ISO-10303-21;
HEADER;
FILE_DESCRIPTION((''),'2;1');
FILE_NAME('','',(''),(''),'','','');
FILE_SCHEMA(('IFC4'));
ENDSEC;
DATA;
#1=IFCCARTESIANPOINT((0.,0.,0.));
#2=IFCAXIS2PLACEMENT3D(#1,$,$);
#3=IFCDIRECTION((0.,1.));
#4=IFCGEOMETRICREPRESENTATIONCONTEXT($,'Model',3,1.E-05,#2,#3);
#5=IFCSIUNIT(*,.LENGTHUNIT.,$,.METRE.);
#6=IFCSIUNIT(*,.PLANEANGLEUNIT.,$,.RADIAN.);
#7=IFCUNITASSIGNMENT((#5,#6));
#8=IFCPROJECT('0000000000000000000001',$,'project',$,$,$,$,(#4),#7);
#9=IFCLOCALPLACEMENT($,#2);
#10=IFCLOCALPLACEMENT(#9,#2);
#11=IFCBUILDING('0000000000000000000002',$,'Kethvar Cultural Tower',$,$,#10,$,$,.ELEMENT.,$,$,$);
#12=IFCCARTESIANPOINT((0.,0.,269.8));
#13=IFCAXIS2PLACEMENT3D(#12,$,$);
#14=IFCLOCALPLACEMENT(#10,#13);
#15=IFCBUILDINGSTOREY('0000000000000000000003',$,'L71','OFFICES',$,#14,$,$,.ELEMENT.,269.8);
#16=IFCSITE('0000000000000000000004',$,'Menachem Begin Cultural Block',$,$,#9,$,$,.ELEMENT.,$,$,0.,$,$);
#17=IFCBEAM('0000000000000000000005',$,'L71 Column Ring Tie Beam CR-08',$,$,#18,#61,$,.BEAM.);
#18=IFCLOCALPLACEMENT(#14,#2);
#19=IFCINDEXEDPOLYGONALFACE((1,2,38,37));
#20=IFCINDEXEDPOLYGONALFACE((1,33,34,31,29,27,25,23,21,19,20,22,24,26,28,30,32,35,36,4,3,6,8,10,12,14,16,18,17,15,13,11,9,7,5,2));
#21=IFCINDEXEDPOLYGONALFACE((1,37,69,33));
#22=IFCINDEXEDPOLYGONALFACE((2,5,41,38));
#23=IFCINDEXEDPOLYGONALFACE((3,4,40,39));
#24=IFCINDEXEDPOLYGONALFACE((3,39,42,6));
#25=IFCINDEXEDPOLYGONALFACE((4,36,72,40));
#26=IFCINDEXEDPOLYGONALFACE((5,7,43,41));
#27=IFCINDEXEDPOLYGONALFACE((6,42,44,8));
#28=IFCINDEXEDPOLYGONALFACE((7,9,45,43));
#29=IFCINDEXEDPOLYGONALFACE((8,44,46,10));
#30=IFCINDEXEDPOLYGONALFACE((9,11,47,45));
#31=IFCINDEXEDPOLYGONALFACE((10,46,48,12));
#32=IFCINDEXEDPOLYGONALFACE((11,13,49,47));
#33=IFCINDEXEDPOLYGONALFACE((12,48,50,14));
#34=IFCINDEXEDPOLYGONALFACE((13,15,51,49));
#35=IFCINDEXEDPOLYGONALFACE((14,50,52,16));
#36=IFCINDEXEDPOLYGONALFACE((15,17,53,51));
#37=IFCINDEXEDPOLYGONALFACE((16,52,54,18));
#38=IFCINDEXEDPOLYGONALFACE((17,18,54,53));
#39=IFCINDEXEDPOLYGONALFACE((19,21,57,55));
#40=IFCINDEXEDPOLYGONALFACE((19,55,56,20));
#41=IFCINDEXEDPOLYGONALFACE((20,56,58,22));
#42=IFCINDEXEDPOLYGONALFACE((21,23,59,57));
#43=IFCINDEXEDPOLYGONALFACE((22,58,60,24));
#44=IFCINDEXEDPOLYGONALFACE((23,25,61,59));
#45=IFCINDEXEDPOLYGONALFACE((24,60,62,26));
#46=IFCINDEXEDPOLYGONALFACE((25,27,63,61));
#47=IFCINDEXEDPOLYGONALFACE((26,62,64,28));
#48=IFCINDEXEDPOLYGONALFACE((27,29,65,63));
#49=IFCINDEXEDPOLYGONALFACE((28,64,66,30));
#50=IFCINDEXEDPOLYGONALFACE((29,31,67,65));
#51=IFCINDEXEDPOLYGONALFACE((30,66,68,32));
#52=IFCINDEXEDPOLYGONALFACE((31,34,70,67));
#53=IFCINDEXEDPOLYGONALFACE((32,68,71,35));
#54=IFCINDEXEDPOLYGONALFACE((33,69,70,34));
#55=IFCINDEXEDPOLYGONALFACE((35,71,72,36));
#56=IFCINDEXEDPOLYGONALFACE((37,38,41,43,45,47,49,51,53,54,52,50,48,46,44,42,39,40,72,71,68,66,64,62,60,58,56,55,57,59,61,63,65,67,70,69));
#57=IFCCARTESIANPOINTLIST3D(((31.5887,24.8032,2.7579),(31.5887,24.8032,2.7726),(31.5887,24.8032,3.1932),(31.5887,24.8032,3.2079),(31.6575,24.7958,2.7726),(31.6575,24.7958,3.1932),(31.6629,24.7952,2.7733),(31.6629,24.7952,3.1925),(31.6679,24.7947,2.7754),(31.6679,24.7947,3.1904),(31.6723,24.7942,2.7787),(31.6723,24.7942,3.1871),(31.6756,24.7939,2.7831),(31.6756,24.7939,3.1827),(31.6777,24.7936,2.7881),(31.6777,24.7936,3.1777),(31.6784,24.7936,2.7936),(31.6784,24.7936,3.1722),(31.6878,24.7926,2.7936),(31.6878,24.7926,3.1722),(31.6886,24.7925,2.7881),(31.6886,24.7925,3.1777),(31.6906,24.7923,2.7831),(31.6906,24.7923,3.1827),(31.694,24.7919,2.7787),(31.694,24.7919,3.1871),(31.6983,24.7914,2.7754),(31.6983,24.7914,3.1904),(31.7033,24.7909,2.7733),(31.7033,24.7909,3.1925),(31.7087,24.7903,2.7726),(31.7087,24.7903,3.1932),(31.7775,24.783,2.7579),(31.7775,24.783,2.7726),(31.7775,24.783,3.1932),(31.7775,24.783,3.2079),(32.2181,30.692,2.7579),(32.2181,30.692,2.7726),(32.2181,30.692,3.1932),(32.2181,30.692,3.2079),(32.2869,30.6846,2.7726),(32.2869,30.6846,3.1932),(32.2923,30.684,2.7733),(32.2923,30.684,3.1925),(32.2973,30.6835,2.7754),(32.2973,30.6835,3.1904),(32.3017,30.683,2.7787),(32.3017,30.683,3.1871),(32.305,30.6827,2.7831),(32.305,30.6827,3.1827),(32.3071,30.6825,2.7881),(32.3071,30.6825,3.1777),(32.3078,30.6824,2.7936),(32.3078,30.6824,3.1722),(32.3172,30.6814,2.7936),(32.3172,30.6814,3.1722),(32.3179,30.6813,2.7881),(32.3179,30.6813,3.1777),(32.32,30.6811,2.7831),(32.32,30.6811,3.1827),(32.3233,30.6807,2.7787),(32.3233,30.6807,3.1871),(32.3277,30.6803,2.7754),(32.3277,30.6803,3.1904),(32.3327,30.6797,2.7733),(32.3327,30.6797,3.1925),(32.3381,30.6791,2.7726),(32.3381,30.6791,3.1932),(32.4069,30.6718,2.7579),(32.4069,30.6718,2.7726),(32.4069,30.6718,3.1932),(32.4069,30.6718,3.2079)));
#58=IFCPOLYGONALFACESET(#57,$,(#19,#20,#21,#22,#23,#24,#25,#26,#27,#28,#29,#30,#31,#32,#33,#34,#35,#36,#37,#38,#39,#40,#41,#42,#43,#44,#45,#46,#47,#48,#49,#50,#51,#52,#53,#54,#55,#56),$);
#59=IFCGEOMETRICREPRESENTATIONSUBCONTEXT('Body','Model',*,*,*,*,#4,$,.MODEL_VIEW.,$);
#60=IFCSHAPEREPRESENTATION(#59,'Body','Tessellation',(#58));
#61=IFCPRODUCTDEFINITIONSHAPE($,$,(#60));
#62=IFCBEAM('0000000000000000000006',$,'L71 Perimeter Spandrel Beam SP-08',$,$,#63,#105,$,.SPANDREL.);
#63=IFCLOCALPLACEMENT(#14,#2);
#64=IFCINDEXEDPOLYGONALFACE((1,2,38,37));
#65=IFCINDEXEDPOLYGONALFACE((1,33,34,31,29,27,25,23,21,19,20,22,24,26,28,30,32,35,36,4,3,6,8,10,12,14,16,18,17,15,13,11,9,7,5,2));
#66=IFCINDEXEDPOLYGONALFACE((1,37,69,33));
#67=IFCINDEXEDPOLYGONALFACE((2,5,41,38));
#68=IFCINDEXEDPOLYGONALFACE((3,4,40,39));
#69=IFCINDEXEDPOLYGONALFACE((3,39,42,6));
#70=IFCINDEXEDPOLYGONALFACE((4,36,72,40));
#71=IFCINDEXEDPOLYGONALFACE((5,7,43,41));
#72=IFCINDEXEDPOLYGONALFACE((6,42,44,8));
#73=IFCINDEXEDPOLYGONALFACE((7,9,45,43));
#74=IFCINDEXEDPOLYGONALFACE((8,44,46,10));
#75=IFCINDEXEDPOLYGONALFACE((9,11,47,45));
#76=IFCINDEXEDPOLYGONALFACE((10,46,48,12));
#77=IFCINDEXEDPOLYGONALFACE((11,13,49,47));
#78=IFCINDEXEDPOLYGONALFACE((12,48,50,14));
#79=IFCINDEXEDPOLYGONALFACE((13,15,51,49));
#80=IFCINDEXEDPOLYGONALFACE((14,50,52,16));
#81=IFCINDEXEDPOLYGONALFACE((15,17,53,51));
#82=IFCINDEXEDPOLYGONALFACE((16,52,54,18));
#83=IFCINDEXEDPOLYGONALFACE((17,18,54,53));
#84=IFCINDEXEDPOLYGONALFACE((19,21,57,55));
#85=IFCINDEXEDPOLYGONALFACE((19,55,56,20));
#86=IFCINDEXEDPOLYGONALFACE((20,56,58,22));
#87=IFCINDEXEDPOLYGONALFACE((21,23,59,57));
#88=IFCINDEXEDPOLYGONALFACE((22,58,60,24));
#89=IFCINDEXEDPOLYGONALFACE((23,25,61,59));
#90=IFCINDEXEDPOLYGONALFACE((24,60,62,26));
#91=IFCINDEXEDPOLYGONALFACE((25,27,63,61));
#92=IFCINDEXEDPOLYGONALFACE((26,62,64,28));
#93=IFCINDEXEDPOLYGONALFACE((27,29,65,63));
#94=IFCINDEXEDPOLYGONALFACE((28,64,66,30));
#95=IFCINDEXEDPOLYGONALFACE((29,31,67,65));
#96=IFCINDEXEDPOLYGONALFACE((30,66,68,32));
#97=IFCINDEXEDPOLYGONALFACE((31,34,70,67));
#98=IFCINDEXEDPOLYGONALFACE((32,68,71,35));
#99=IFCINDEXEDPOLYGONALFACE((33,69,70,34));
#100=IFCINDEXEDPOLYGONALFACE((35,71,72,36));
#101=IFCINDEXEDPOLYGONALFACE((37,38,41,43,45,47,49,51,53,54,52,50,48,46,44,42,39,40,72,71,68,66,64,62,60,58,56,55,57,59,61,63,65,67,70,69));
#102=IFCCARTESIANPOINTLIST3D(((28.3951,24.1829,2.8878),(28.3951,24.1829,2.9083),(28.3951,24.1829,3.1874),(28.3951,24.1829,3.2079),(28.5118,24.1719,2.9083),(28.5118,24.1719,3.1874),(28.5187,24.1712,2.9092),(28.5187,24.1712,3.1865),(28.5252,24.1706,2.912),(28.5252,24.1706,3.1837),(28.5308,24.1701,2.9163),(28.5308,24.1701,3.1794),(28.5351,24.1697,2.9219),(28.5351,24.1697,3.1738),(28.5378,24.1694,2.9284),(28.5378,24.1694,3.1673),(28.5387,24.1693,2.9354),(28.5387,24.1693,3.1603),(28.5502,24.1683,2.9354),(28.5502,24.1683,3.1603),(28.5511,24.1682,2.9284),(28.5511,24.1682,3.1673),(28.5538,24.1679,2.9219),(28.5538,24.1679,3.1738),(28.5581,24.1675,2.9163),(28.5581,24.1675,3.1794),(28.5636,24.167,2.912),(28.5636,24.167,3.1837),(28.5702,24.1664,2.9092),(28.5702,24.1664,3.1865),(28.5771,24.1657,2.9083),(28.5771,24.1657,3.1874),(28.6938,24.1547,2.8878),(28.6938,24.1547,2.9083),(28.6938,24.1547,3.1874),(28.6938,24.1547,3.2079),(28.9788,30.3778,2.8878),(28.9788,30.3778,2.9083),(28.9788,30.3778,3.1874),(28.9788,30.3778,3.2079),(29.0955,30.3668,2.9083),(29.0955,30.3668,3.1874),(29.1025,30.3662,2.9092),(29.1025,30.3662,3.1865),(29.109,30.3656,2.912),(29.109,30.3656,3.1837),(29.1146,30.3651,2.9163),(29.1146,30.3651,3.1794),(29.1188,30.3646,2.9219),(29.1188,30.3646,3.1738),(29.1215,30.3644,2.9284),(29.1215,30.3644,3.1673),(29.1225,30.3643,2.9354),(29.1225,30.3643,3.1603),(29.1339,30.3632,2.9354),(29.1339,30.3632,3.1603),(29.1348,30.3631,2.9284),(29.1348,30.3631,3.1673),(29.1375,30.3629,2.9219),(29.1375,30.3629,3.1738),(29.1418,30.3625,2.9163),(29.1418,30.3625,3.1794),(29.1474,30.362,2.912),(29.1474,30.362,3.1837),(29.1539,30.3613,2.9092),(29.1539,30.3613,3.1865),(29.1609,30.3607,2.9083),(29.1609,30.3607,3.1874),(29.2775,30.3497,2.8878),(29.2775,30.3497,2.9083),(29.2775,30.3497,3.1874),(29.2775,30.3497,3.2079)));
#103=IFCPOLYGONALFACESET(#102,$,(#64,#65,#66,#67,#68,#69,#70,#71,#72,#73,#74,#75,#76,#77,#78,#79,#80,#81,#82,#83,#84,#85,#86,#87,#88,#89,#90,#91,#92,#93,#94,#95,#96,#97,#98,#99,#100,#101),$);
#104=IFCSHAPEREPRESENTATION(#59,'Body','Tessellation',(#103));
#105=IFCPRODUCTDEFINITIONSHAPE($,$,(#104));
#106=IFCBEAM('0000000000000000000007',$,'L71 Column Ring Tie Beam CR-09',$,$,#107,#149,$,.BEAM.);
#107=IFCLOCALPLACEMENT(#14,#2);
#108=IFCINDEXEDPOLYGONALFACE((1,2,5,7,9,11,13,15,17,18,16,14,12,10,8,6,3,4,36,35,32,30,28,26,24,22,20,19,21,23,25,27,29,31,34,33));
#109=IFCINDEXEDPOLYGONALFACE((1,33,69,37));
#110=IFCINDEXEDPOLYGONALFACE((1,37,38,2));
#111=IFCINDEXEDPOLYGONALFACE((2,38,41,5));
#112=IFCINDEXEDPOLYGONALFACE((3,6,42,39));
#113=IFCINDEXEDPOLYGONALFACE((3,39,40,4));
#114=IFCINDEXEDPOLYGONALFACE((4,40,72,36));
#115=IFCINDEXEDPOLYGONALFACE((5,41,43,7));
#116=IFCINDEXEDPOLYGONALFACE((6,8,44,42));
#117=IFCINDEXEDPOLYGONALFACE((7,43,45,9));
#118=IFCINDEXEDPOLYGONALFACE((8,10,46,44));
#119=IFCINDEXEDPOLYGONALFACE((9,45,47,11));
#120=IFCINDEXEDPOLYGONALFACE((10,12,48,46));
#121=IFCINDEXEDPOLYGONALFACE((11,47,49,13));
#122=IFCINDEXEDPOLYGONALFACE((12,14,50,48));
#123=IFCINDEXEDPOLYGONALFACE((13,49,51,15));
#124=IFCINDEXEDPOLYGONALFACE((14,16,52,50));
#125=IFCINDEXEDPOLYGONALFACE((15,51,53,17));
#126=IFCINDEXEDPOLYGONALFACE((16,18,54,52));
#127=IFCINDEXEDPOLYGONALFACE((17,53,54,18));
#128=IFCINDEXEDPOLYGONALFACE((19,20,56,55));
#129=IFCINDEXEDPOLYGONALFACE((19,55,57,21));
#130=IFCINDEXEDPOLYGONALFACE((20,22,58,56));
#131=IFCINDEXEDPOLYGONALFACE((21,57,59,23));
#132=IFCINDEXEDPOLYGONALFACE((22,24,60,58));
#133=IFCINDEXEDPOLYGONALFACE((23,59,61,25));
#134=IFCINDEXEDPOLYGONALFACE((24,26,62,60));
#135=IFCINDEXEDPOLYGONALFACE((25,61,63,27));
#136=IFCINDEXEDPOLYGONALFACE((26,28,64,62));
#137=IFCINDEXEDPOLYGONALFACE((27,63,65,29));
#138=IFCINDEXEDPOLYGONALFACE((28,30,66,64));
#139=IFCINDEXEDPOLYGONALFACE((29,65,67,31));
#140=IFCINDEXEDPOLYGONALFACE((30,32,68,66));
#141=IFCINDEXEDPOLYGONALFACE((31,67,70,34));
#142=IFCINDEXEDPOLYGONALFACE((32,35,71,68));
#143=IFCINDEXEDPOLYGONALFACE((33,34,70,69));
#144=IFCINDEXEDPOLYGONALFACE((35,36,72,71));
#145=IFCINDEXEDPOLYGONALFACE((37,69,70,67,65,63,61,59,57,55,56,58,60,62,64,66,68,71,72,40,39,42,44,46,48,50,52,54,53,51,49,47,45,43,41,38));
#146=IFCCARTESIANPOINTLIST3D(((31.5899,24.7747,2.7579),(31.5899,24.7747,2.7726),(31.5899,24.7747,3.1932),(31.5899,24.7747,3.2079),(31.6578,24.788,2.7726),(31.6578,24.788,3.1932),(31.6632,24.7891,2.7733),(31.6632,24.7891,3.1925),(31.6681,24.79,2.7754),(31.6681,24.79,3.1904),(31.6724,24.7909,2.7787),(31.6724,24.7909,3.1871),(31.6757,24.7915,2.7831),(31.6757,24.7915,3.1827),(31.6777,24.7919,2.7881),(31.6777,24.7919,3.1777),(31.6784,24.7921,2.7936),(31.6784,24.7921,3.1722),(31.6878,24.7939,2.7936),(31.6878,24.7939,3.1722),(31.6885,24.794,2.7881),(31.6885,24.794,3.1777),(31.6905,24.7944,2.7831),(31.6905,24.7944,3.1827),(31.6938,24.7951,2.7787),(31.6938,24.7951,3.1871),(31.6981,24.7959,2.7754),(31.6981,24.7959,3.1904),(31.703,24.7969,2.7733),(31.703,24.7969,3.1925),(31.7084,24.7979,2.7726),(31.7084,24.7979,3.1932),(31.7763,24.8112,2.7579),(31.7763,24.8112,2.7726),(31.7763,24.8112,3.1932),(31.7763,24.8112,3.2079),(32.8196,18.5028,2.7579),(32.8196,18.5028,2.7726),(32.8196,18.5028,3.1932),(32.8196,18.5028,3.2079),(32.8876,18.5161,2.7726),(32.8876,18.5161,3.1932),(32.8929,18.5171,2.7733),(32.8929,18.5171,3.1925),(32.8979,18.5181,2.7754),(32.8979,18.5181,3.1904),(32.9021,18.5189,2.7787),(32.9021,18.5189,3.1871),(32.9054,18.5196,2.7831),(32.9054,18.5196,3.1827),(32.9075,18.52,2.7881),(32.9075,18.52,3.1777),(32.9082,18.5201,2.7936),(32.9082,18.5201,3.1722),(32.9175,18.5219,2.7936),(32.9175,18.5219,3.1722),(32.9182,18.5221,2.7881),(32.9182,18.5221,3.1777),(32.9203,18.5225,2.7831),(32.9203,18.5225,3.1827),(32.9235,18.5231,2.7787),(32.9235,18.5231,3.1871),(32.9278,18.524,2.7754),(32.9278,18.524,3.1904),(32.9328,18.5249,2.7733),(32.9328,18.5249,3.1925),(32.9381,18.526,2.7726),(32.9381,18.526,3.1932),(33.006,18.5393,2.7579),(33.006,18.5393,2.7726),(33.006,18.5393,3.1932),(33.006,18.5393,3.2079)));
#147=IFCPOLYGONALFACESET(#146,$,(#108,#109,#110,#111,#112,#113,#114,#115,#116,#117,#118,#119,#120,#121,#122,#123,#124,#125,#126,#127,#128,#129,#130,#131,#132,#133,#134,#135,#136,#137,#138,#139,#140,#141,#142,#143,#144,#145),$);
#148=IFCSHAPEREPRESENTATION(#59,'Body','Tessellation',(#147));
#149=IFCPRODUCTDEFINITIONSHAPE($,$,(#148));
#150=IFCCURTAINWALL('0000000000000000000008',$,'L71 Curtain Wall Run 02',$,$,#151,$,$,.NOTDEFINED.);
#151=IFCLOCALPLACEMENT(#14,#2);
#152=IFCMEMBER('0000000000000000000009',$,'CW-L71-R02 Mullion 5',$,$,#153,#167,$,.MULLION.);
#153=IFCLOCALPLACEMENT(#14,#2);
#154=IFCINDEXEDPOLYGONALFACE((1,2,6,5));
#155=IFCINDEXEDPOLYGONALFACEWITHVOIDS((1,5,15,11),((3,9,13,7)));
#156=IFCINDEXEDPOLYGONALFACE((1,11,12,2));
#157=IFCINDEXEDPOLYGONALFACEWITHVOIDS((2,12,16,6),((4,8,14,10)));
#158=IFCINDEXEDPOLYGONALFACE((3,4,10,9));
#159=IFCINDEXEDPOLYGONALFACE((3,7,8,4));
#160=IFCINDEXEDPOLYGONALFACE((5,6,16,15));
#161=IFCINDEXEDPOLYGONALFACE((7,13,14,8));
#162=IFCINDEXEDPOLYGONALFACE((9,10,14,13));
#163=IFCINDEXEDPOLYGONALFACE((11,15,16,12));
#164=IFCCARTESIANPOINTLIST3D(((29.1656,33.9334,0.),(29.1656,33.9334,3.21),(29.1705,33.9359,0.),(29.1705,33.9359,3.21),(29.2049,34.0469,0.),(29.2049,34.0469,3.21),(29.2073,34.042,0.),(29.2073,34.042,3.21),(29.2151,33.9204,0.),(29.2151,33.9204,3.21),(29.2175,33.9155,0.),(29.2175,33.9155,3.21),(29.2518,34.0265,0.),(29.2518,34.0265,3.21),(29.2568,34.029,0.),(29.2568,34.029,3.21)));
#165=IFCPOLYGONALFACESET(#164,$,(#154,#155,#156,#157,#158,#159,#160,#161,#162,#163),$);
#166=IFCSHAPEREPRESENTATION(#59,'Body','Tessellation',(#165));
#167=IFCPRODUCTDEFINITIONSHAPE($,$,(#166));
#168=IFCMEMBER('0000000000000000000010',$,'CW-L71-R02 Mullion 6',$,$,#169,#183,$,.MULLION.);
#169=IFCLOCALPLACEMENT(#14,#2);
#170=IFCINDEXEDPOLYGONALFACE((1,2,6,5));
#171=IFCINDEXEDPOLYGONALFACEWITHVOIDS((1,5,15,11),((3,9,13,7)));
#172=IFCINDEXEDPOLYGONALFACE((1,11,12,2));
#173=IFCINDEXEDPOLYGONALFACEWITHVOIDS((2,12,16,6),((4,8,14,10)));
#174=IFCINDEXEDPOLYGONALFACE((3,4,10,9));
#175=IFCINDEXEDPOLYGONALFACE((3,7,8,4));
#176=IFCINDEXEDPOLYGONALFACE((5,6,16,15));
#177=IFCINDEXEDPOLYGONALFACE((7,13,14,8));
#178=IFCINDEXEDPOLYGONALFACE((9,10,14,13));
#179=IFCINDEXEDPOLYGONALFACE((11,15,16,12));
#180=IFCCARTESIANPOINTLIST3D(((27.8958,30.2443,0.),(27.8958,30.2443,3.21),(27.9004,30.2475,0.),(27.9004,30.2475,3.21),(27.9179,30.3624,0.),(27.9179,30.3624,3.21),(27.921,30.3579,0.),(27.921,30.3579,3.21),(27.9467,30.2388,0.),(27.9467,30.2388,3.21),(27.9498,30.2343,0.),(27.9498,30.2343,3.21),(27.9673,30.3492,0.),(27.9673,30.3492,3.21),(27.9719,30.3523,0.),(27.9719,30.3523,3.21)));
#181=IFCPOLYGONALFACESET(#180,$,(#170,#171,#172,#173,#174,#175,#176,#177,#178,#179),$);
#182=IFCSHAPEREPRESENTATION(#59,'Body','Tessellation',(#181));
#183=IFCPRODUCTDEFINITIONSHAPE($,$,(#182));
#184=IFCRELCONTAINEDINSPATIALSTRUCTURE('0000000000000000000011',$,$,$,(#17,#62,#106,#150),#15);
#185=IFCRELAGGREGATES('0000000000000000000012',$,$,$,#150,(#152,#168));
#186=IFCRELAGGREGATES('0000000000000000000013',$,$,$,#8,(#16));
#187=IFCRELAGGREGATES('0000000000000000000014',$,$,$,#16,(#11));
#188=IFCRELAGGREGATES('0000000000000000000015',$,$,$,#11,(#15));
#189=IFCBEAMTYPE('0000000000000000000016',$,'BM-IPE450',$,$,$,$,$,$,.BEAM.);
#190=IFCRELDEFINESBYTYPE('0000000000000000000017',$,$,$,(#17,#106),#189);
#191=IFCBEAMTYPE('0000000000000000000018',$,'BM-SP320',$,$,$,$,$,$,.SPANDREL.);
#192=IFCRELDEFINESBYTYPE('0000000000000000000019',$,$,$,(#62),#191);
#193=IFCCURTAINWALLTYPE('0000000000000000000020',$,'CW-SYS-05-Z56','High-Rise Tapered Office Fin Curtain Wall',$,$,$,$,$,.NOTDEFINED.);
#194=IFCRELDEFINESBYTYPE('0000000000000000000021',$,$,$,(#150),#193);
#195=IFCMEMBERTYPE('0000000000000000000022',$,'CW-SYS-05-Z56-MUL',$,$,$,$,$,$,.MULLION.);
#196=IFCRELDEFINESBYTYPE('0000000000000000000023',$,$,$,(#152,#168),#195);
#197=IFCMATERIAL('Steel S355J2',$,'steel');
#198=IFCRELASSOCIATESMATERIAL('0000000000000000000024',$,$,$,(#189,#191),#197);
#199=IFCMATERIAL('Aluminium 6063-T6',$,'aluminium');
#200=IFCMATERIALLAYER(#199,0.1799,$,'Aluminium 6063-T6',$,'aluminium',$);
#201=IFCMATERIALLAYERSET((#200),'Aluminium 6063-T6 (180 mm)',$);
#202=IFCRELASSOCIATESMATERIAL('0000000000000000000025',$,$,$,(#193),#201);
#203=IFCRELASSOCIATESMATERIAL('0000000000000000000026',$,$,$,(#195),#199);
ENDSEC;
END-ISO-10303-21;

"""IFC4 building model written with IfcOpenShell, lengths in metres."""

from ifc_helpers import new_model, si_unit, direction, frame, origin, origin_2d, place, context, subcontext, project, spatial, hollow_rectangle, i_section, extrude, source, transform, mapped, material, layer, layer_set, material_profile, profile_set, type_object, element, aggregate, save


model = new_model("IFC4")

# Units and contexts
model_context = context("Model", 3, precision=1e-05, world=origin(), true_north=direction((0.0, 1.0)))
body_context = subcontext(model_context, "Body", "Model", "MODEL_VIEW")
ifc_project = project(units=[si_unit("LENGTHUNIT", "METRE"), si_unit("PLANEANGLEUNIT", "RADIAN")], contexts=[model_context])

# Site, building, storey
site_placement = place(None, origin())
site = spatial("IfcSite", under=ifc_project, at=site_placement, Name="Menachem Begin Cultural Block", CompositionType="ELEMENT", RefElevation=0.0)
building_placement = place(site_placement, origin())
building = spatial("IfcBuilding", under=site, at=building_placement, Name="Kethvar Cultural Tower", CompositionType="ELEMENT")
storey_placement = place(building_placement, frame((0.0, 0.0, 269.8)))
storey = spatial("IfcBuildingStorey", under=building, at=storey_placement, Name="L71", Description="OFFICES", CompositionType="ELEMENT", Elevation=269.8)

# Shared definitions
ifc_material_1 = material(Name="Steel S355J2", Category="steel")

# Beams
ifc_material_profile_1 = material_profile(ifc_material_1, i_section(OverallWidth=0.1899, OverallDepth=0.45, WebThickness=0.0095, FlangeThickness=0.0146, FilletRadius=0.021, at=origin_2d()), Name="Steel S355J2 — IPE450")
ifc_profile_set_1 = profile_set([ifc_material_profile_1], Name="Steel S355J2 — IPE450")
beam_type_1 = type_object("IfcBeamType", Name="BM-IPE450", PredefinedType="BEAM", material=ifc_profile_set_1)
shared_shape_1 = source(origin(), body_context, "Body", "SweptSolid", [
    extrude(i_section(OverallWidth=0.1899, OverallDepth=0.45, WebThickness=0.0095, FlangeThickness=0.0146, FilletRadius=0.021, at=origin_2d()), origin(), (0.0, 0.0, 1.0), 5.9224),
])
beam_1_placement = place(storey_placement, frame((32.3125, 30.6819, 2.9829), z_axis=(-0.106273, -0.994337, 0.0), x_axis=(0.994337, -0.106273, 0.0)))
element("IfcBeam", 1, at=beam_1_placement, inside=storey, type_object=beam_type_1, Name="L71 Column Ring Tie Beam CR-08", PredefinedType="BEAM", context=body_context, shape_type="MappedRepresentation", body=[
    mapped(shared_shape_1, transform((0.0, 0.0, 0.0), scale=1.0)),
])
ifc_material_profile_2 = material_profile(ifc_material_1, i_section(OverallWidth=0.3, OverallDepth=0.3201, WebThickness=0.0115, FlangeThickness=0.0205, FilletRadius=0.0271, at=origin_2d()), Name="Steel S355J2 — HEB320")
ifc_profile_set_2 = profile_set([ifc_material_profile_2], Name="Steel S355J2 — HEB320")
beam_type_2 = type_object("IfcBeamType", Name="BM-SP320", PredefinedType="SPANDREL", material=ifc_profile_set_2)
shared_shape_2 = source(origin(), body_context, "Body", "SweptSolid", [
    extrude(i_section(OverallWidth=0.3, OverallDepth=0.3201, WebThickness=0.0115, FlangeThickness=0.0205, FilletRadius=0.0271, at=origin_2d()), origin(), (0.0, 0.0, 1.0), 6.2224),
])
beam_2_placement = place(storey_placement, frame((29.1282, 30.3638, 3.0479), z_axis=(-0.093811, -0.99559, 0.0), x_axis=(0.99559, -0.093811, 0.0)))
element("IfcBeam", 2, at=beam_2_placement, inside=storey, type_object=beam_type_2, Name="L71 Perimeter Spandrel Beam SP-08", PredefinedType="SPANDREL", context=body_context, shape_type="MappedRepresentation", body=[
    mapped(shared_shape_2, transform((0.0, 0.0, 0.0), scale=1.0)),
])
shared_shape_3 = source(origin(), body_context, "Body", "SweptSolid", [
    extrude(i_section(OverallWidth=0.1899, OverallDepth=0.45, WebThickness=0.0095, FlangeThickness=0.0146, FilletRadius=0.021, at=origin_2d()), origin(), (0.0, 0.0, 1.0), 6.3914),
])
beam_3_placement = place(storey_placement, frame((31.6831, 24.793, 2.9829), z_axis=(0.192405, -0.981316, 0.0), x_axis=(0.981316, 0.192405, 0.0)))
element("IfcBeam", 3, at=beam_3_placement, inside=storey, type_object=beam_type_1, Name="L71 Column Ring Tie Beam CR-09", PredefinedType="BEAM", context=body_context, shape_type="MappedRepresentation", body=[
    mapped(shared_shape_3, transform((0.0, 0.0, 0.0), scale=1.0)),
])

# Curtain wall, members
ifc_material_2 = material(Name="Aluminium 6063-T6", Category="aluminium")
ifc_layer_1 = layer(ifc_material_2, 0.1799, Name="Aluminium 6063-T6", Category="aluminium")
ifc_layer_set_1 = layer_set([ifc_layer_1], Name="Aluminium 6063-T6 (180 mm)")
curtain_wall_type = type_object("IfcCurtainWallType", Name="CW-SYS-05-Z56", Description="High-Rise Tapered Office Fin Curtain Wall", PredefinedType="NOTDEFINED", material=ifc_layer_set_1)
curtain_wall_1_placement = place(storey_placement, origin())
curtain_wall_1 = element("IfcCurtainWall", 4, at=curtain_wall_1_placement, inside=storey, type_object=curtain_wall_type, Name="L71 Curtain Wall Run 02", PredefinedType="NOTDEFINED")
ifc_material_profile_3 = material_profile(ifc_material_2, hollow_rectangle(XDim=0.0549, YDim=0.1201, WallThickness=0.0039, at=origin_2d()), Name="Aluminium 6063-T6 — RHS120x55x4")
ifc_profile_set_3 = profile_set([ifc_material_profile_3], Name="Aluminium 6063-T6 — RHS120x55x4")
member_type_1 = type_object("IfcMemberType", Name="CW-SYS-05-Z56-MUL", PredefinedType="MULLION", material=ifc_profile_set_3)
shared_shape_4 = source(origin(), body_context, "Body", "SweptSolid", [
    extrude(hollow_rectangle(XDim=0.0549, YDim=0.1201, WallThickness=0.0039, at=origin_2d()), origin(), (0.0, 0.0, 1.0), 3.21),
])
member_1_placement = place(storey_placement, frame((29.2112, 33.9812, 0.0), z_axis=(0.0, 0.0, 1.0), x_axis=(0.944886, -0.327399, 0.0)))
member_1 = element("IfcMember", 5, at=member_1_placement, type_object=member_type_1, Name="CW-L71-R02 Mullion 5", PredefinedType="MULLION", context=body_context, shape_type="MappedRepresentation", body=[
    mapped(shared_shape_4, transform((0.0, 0.0, 0.0), scale=1.0)),
])
member_2_placement = place(storey_placement, frame((27.9338, 30.2983, 0.0), z_axis=(0.0, 0.0, 1.0), x_axis=(0.982996, -0.183625, 0.0)))
member_2 = element("IfcMember", 6, at=member_2_placement, type_object=member_type_1, Name="CW-L71-R02 Mullion 6", PredefinedType="MULLION", context=body_context, shape_type="MappedRepresentation", body=[
    mapped(shared_shape_4, transform((0.0, 0.0, 0.0), scale=1.0)),
])

aggregate(curtain_wall_1, [member_1, member_2])

save(model, "model.ifc")
